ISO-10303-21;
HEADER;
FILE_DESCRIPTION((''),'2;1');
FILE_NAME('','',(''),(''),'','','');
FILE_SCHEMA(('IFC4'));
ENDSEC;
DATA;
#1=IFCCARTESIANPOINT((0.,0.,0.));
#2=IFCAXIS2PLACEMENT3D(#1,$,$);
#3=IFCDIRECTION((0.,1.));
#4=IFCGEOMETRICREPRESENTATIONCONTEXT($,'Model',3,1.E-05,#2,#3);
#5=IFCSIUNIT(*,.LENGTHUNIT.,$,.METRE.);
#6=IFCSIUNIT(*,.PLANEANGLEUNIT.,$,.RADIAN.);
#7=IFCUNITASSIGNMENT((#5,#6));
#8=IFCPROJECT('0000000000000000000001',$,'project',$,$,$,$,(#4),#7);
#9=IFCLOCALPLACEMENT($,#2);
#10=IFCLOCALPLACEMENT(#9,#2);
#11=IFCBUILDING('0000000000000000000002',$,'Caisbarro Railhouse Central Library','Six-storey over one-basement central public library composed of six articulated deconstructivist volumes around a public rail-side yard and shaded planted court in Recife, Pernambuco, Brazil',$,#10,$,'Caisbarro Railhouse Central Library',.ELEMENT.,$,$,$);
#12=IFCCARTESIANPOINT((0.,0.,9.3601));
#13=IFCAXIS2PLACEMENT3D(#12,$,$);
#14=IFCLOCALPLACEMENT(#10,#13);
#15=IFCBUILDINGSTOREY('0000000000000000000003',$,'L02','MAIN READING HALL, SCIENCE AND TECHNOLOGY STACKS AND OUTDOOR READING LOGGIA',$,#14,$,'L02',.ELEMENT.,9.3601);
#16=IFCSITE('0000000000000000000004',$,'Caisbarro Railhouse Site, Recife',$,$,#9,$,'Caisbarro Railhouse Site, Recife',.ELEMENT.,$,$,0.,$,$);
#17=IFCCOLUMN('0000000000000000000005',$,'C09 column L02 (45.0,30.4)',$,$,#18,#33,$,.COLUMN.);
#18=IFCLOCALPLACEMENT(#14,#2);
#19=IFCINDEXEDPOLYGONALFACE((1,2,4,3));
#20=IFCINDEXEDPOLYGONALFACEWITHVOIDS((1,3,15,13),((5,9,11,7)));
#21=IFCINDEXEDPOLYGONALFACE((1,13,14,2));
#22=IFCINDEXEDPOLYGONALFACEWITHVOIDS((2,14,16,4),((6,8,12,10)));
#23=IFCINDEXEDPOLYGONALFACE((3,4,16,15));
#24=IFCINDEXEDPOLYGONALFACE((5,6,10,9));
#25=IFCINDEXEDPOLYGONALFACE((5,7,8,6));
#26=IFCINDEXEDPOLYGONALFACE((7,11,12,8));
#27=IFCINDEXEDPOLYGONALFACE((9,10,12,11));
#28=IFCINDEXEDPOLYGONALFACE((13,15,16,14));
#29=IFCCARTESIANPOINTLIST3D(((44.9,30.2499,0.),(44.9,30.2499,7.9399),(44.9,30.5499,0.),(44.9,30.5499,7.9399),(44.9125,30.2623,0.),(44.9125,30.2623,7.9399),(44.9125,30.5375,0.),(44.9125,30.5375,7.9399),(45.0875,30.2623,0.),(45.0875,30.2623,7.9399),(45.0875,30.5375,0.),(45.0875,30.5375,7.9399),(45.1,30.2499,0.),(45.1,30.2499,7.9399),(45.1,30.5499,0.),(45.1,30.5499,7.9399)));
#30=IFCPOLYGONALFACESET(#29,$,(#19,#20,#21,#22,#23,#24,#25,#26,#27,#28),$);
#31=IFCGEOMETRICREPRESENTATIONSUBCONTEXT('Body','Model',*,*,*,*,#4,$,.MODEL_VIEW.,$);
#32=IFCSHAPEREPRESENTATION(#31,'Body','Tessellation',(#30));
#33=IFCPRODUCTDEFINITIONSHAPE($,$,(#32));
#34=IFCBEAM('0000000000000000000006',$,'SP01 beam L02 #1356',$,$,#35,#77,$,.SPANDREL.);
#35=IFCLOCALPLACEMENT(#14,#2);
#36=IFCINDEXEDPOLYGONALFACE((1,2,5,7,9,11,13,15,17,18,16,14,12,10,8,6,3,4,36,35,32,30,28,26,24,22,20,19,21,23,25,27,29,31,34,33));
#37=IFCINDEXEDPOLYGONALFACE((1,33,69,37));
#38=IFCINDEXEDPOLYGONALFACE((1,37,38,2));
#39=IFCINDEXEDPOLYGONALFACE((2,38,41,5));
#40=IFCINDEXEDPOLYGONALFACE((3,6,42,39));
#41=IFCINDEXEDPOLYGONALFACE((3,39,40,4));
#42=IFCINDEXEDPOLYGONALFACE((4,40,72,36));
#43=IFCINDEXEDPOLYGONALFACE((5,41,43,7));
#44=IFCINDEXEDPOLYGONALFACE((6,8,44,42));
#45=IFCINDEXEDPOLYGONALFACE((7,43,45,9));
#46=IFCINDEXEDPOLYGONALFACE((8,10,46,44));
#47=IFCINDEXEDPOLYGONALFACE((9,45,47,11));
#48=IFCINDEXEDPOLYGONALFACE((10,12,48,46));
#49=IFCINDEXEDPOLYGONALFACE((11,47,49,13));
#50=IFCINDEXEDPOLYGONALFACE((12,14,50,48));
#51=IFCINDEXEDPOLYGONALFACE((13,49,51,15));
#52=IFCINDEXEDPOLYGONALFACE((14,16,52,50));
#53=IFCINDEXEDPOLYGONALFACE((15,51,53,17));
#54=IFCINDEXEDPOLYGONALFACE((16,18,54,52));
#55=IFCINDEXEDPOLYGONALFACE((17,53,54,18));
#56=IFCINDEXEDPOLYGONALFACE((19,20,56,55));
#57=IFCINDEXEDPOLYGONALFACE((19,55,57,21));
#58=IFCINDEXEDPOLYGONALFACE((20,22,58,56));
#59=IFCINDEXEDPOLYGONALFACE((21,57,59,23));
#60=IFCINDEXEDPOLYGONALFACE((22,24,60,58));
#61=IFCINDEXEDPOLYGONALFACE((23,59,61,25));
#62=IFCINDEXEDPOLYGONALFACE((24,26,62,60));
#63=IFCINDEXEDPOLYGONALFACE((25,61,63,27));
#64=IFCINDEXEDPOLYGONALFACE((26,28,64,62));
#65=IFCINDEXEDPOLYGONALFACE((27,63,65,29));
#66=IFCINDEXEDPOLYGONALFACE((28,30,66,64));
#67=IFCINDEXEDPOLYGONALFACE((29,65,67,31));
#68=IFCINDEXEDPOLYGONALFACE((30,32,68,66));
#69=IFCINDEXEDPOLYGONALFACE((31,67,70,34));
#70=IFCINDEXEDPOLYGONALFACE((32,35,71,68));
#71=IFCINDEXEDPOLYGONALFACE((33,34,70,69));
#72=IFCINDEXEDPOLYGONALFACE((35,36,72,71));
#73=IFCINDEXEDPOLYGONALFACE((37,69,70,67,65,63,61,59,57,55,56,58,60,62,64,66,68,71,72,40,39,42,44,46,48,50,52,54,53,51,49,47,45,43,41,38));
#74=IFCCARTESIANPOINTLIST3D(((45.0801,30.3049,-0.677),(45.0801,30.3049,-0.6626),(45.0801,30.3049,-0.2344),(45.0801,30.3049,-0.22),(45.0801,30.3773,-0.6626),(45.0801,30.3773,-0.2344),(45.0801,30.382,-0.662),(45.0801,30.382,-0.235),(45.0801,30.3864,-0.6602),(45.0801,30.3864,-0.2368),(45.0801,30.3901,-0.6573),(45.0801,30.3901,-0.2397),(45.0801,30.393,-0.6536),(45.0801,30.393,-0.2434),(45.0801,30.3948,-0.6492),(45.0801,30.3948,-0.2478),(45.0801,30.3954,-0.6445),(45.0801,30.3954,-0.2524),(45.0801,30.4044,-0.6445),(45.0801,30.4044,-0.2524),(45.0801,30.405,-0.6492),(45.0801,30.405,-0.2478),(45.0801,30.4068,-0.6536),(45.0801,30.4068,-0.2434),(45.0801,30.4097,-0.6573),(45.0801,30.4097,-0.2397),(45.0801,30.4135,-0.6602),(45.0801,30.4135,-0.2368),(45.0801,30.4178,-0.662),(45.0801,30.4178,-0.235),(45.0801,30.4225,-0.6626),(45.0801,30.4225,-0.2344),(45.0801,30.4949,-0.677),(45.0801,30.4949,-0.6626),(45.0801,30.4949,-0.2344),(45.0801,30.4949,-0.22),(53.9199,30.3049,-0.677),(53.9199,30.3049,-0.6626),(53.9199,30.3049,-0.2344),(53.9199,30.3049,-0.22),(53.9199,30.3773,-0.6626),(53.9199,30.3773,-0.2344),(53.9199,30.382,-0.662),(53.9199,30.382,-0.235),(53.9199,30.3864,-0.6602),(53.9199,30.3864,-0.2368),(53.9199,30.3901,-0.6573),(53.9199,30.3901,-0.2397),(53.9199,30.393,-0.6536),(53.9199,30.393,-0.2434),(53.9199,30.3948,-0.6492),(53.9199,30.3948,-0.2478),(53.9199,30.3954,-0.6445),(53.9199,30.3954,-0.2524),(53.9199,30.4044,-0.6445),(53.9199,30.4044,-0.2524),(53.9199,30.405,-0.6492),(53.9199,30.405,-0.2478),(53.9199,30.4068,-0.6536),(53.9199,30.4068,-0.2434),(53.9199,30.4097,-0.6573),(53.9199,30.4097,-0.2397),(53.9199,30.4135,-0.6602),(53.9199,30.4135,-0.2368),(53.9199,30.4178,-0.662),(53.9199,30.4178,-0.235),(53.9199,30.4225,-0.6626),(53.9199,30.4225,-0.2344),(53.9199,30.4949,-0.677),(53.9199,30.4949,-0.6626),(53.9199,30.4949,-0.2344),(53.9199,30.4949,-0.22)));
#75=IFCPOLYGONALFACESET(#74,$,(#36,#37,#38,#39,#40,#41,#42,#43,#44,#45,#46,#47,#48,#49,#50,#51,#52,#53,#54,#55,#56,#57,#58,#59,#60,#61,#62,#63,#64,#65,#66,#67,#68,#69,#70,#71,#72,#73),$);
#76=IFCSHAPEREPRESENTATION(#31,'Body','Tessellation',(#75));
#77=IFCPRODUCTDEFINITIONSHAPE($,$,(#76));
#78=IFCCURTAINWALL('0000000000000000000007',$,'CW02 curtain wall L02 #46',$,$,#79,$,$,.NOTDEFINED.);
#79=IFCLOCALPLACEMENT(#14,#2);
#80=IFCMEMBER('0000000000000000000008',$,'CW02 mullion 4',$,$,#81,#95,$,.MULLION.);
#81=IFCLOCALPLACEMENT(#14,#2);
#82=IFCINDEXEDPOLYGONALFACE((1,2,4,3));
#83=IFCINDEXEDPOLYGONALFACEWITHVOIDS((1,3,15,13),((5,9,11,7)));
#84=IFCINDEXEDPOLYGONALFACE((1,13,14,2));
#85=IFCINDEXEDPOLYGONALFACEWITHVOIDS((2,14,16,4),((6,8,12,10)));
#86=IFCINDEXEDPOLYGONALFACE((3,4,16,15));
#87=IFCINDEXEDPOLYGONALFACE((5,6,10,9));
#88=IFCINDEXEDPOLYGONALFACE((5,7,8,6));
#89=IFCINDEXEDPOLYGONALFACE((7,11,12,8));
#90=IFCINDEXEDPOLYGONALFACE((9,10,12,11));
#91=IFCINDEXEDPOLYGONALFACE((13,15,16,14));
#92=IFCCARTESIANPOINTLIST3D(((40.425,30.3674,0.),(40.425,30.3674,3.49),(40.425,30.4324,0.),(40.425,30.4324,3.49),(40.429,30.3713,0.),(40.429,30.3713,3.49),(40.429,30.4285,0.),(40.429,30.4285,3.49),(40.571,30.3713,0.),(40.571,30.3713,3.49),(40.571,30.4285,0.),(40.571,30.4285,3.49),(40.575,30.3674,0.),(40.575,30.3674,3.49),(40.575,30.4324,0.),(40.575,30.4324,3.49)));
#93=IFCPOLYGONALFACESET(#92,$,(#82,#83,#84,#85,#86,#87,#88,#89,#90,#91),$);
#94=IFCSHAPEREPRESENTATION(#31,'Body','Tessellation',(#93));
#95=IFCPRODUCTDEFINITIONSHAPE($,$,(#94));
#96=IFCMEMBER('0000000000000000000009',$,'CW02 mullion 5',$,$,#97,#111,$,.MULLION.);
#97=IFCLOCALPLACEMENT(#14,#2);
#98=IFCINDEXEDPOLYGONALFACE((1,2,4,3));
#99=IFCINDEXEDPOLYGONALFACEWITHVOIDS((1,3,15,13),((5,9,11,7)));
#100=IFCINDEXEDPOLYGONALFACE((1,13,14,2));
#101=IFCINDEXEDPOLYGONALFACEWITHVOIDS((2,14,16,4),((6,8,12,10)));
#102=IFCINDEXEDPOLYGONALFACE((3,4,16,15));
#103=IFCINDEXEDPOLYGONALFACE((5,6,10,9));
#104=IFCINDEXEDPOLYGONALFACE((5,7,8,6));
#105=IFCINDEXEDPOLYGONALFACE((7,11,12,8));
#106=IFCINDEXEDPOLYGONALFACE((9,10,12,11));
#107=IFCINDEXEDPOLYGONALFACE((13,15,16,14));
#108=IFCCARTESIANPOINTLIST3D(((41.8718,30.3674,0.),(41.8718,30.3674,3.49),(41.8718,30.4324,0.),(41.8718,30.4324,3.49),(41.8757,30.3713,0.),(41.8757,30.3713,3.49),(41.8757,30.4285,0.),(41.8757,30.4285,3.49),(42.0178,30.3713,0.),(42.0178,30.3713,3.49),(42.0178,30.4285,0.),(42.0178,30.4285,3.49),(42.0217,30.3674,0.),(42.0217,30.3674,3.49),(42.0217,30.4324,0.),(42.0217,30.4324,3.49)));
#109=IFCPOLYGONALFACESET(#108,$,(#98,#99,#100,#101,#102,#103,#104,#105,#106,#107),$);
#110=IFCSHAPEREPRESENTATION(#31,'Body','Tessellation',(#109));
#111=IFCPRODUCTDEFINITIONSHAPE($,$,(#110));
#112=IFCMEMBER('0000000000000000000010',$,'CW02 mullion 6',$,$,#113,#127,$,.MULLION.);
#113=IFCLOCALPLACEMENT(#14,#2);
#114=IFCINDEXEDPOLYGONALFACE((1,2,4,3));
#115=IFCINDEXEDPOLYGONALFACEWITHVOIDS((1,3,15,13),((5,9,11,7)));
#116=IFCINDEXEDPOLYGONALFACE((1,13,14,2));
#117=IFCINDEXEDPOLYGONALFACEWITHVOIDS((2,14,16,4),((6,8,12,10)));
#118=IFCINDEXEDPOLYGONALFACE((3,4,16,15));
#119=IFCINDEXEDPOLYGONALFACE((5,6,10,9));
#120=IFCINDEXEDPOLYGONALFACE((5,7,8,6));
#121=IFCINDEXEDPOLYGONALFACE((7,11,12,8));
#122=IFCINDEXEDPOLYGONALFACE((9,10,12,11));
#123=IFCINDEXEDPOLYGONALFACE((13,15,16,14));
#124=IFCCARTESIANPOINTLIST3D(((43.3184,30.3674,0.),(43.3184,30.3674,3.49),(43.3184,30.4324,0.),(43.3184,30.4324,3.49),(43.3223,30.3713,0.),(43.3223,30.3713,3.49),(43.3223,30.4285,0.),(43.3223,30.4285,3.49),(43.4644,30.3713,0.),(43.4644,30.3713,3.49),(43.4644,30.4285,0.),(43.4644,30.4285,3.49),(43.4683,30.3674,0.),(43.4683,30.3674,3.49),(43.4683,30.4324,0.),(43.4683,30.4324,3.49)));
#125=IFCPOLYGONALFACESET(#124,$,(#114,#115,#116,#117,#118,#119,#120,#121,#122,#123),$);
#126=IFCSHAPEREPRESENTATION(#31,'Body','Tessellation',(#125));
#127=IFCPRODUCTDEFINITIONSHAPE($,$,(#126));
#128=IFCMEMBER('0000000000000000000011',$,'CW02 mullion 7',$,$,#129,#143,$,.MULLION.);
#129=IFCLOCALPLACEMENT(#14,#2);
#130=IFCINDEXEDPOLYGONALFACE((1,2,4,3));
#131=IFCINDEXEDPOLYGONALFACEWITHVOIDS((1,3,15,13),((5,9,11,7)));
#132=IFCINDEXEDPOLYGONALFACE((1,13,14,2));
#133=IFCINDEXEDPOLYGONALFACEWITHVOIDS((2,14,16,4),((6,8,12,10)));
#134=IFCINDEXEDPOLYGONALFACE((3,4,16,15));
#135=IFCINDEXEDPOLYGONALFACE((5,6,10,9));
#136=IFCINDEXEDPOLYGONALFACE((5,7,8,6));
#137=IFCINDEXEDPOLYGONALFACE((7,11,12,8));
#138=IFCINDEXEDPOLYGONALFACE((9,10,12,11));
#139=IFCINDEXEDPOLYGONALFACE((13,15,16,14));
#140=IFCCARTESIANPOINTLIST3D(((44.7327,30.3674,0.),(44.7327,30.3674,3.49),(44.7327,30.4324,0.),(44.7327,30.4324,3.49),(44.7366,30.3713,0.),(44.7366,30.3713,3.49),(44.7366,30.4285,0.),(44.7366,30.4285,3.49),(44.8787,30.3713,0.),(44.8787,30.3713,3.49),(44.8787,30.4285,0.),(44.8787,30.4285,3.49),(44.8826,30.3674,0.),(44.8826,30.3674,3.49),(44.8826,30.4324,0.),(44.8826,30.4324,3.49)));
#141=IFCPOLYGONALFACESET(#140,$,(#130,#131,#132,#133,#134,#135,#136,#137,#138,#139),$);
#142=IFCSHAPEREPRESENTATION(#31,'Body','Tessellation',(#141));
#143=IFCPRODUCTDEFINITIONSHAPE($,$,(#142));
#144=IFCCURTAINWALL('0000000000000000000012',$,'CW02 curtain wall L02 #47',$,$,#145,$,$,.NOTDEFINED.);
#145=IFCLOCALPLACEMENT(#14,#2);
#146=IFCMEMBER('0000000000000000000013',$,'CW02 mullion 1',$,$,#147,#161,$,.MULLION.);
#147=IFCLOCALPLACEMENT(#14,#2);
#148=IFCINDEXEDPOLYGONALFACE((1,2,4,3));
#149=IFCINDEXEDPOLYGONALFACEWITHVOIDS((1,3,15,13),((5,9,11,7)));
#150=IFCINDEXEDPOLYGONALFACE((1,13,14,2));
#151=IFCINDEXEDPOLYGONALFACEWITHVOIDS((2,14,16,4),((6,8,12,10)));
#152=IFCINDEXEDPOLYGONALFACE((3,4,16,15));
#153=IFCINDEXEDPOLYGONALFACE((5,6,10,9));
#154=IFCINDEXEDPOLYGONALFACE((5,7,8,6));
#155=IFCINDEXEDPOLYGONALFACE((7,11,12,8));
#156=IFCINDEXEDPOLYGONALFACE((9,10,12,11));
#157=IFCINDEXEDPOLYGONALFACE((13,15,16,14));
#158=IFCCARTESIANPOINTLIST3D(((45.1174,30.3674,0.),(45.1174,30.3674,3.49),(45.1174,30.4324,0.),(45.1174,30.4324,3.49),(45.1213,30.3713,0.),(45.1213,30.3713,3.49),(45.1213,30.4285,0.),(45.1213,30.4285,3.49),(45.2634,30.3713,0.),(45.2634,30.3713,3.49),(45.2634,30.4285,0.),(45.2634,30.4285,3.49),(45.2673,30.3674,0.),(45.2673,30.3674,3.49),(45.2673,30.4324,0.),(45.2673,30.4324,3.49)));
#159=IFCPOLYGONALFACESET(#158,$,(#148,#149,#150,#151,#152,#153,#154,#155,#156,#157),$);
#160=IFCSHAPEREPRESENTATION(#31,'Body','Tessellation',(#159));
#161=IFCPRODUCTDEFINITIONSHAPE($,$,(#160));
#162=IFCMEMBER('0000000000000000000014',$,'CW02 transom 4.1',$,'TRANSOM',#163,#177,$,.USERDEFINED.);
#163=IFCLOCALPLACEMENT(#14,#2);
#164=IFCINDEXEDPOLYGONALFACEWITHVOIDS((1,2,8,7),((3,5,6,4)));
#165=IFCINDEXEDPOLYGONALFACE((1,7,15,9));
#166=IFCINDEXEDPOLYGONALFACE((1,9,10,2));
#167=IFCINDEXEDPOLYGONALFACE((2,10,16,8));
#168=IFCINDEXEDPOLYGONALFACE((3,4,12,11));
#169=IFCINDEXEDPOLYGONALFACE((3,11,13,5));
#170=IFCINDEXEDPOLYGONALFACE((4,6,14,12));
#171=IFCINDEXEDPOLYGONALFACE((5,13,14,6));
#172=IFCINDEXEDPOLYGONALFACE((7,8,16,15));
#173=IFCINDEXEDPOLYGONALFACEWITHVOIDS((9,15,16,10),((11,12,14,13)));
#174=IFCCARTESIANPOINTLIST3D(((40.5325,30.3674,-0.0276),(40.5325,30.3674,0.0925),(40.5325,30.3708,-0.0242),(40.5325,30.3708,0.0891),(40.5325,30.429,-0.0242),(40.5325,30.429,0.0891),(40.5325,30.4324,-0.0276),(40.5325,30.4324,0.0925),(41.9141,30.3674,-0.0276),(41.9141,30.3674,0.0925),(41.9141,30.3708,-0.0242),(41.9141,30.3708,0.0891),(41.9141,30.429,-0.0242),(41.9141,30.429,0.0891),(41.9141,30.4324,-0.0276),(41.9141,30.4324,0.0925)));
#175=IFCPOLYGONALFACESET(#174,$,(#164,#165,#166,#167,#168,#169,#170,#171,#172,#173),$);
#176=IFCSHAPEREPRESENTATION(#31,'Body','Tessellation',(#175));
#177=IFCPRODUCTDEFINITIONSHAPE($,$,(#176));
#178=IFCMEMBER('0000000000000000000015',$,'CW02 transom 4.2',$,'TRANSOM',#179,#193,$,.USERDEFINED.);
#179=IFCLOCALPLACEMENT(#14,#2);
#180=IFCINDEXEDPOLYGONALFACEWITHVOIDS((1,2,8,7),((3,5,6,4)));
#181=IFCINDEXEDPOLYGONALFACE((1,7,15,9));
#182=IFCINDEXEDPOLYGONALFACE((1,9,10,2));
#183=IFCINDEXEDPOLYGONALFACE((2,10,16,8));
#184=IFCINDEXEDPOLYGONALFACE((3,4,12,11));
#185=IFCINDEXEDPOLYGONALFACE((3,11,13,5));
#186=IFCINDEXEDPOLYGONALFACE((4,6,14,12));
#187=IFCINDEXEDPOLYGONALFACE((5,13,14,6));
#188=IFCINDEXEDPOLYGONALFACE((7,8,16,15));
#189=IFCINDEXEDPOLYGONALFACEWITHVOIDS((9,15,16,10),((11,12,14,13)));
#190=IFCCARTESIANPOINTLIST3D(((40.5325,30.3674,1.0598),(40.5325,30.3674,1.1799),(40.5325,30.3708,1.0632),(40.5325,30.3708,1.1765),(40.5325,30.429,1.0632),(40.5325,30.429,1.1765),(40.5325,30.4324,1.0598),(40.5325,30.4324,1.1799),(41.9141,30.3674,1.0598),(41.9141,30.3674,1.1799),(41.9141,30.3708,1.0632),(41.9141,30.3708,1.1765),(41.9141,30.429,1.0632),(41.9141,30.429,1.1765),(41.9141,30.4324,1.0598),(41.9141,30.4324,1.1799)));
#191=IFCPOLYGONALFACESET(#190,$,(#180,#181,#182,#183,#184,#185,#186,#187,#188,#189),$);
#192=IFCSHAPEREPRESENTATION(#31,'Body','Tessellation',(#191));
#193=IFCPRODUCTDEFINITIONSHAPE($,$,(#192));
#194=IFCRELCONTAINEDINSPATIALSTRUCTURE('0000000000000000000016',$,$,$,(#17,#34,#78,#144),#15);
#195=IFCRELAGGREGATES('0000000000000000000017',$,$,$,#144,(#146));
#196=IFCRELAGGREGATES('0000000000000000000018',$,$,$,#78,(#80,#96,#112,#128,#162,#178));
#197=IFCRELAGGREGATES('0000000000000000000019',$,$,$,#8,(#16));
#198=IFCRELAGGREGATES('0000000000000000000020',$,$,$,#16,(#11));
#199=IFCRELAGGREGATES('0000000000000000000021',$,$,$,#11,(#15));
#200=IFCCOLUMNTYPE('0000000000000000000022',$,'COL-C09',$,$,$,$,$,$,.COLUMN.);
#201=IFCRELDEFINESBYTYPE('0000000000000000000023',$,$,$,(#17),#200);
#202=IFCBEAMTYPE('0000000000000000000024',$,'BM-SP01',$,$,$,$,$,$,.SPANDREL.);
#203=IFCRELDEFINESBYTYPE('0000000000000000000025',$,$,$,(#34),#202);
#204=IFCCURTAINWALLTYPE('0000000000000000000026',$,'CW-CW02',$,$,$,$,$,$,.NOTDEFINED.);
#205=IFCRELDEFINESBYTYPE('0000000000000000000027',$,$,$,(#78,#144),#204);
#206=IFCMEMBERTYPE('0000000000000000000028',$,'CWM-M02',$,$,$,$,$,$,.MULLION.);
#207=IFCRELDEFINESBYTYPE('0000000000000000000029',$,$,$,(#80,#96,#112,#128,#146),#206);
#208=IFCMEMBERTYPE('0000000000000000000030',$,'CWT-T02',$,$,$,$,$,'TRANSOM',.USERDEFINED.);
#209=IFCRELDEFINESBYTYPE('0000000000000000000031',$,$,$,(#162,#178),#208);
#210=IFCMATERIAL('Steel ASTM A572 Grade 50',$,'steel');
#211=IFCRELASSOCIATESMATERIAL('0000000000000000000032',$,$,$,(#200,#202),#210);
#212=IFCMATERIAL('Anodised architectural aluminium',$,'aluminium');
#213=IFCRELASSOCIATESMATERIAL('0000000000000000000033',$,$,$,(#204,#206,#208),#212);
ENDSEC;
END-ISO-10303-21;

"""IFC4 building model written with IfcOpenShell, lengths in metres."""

from ifc_helpers import new_model, si_unit, direction, frame, origin, origin_2d, place, context, subcontext, project, spatial, hollow_rectangle, i_section, extrude, material, material_profile, profile_set, type_object, element, aggregate, save


model = new_model("IFC4")

# Units and contexts
model_context = context("Model", 3, precision=1e-05, world=origin(), true_north=direction((0.0, 1.0)))
body_context = subcontext(model_context, "Body", "Model", "MODEL_VIEW")
ifc_project = project(units=[si_unit("LENGTHUNIT", "METRE"), si_unit("PLANEANGLEUNIT", "RADIAN")], contexts=[model_context])

# Site, building, storey
site_placement = place(None, origin())
site = spatial("IfcSite", under=ifc_project, at=site_placement, Name="Caisbarro Railhouse Site, Recife", LongName="Caisbarro Railhouse Site, Recife", CompositionType="ELEMENT", RefElevation=0.0)
building_placement = place(site_placement, origin())
building = spatial("IfcBuilding", under=site, at=building_placement, Name="Caisbarro Railhouse Central Library", Description="Six-storey over one-basement central public library composed of six articulated deconstructivist volumes around a public rail-side yard and shaded planted court in Recife, Pernambuco, Brazil", LongName="Caisbarro Railhouse Central Library", CompositionType="ELEMENT")
storey_placement = place(building_placement, frame((0.0, 0.0, 9.3601)))
storey = spatial("IfcBuildingStorey", under=building, at=storey_placement, Name="L02", Description="MAIN READING HALL, SCIENCE AND TECHNOLOGY STACKS AND OUTDOOR READING LOGGIA", LongName="L02", CompositionType="ELEMENT", Elevation=9.3601)

# Column
ifc_material_1 = material(Name="Steel ASTM A572 Grade 50", Category="steel")
ifc_material_profile_1 = material_profile(ifc_material_1, hollow_rectangle(XDim=0.2, YDim=0.3, WallThickness=0.0125, at=origin_2d()), Name="HSS300X200X12.5")
ifc_profile_set_1 = profile_set([ifc_material_profile_1], Name="Steel ASTM A572 Grade 50")
column_type = type_object("IfcColumnType", Name="COL-C09", PredefinedType="COLUMN", material=ifc_profile_set_1)
column_placement = place(storey_placement, frame((45.0, 30.3999, 0.0), z_axis=(0.0, 0.0, 1.0), x_axis=(1.0, 0.0, 0.0)))
element("IfcColumn", 1, at=column_placement, inside=storey, type_object=column_type, Name="C09 column L02 (45.0,30.4)", PredefinedType="COLUMN", context=body_context, shape_type="SweptSolid", body=[
    extrude(hollow_rectangle(XDim=0.2, YDim=0.3, WallThickness=0.0125, at=origin_2d()), origin(), (0.0, 0.0, 1.0), 7.9399),
])

# Beam
ifc_material_profile_2 = material_profile(ifc_material_1, i_section(OverallWidth=0.1899, OverallDepth=0.457, WebThickness=0.009, FlangeThickness=0.0144, FilletRadius=0.0181, at=origin_2d()), Name="W460X74.0")
ifc_profile_set_2 = profile_set([ifc_material_profile_2], Name="Steel ASTM A572 Grade 50")
beam_type = type_object("IfcBeamType", Name="BM-SP01", PredefinedType="SPANDREL", material=ifc_profile_set_2)
beam_placement = place(storey_placement, frame((45.0801, 30.3999, -0.4485), z_axis=(1.0, 0.0, 0.0), x_axis=(0.0, 1.0, 0.0)))
element("IfcBeam", 2, at=beam_placement, inside=storey, type_object=beam_type, Name="SP01 beam L02 #1356", PredefinedType="SPANDREL", context=body_context, shape_type="SweptSolid", body=[
    extrude(i_section(OverallWidth=0.1899, OverallDepth=0.457, WebThickness=0.009, FlangeThickness=0.0144, FilletRadius=0.0181, at=origin_2d()), origin(), (0.0, 0.0, 1.0), 8.8398),
])

# Curtain wall, members
ifc_material_2 = material(Name="Anodised architectural aluminium", Category="aluminium")
curtain_wall_type = type_object("IfcCurtainWallType", Name="CW-CW02", PredefinedType="NOTDEFINED", material=ifc_material_2)
curtain_wall_1_placement = place(storey_placement, origin())
curtain_wall_1 = element("IfcCurtainWall", 3, at=curtain_wall_1_placement, inside=storey, type_object=curtain_wall_type, Name="CW02 curtain wall L02 #46", PredefinedType="NOTDEFINED")
ifc_material_profile_3 = material_profile(ifc_material_2, hollow_rectangle(XDim=0.0649, YDim=0.1499, WallThickness=0.0039, at=origin_2d()), Name="ALU-MUL-65X150")
ifc_profile_set_3 = profile_set([ifc_material_profile_3], Name="Anodised architectural aluminium")
member_type_1 = type_object("IfcMemberType", Name="CWM-M02", PredefinedType="MULLION", material=ifc_profile_set_3)
member_1_placement = place(storey_placement, frame((40.5, 30.3999, 0.0), z_axis=(0.0, 0.0, 1.0), x_axis=(0.0, 1.0, 0.0)))
member_1 = element("IfcMember", 4, at=member_1_placement, type_object=member_type_1, Name="CW02 mullion 4", PredefinedType="MULLION", context=body_context, shape_type="SweptSolid", body=[
    extrude(hollow_rectangle(XDim=0.0649, YDim=0.1499, WallThickness=0.0039, at=origin_2d()), origin(), (0.0, 0.0, 1.0), 3.49),
])
member_2_placement = place(storey_placement, frame((41.9468, 30.3999, 0.0), z_axis=(0.0, 0.0, 1.0), x_axis=(0.0, 1.0, 0.0)))
member_2 = element("IfcMember", 5, at=member_2_placement, type_object=member_type_1, Name="CW02 mullion 5", PredefinedType="MULLION", context=body_context, shape_type="SweptSolid", body=[
    extrude(hollow_rectangle(XDim=0.0649, YDim=0.1499, WallThickness=0.0039, at=origin_2d()), origin(), (0.0, 0.0, 1.0), 3.49),
])
member_3_placement = place(storey_placement, frame((43.3933, 30.3999, 0.0), z_axis=(0.0, 0.0, 1.0), x_axis=(0.0, 1.0, 0.0)))
member_3 = element("IfcMember", 6, at=member_3_placement, type_object=member_type_1, Name="CW02 mullion 6", PredefinedType="MULLION", context=body_context, shape_type="SweptSolid", body=[
    extrude(hollow_rectangle(XDim=0.0649, YDim=0.1499, WallThickness=0.0039, at=origin_2d()), origin(), (0.0, 0.0, 1.0), 3.49),
])
member_4_placement = place(storey_placement, frame((44.8076, 30.3999, 0.0), z_axis=(0.0, 0.0, 1.0), x_axis=(0.0, 1.0, 0.0)))
member_4 = element("IfcMember", 7, at=member_4_placement, type_object=member_type_1, Name="CW02 mullion 7", PredefinedType="MULLION", context=body_context, shape_type="SweptSolid", body=[
    extrude(hollow_rectangle(XDim=0.0649, YDim=0.1499, WallThickness=0.0039, at=origin_2d()), origin(), (0.0, 0.0, 1.0), 3.49),
])

# Curtain wall, member
curtain_wall_2_placement = place(storey_placement, origin())
curtain_wall_2 = element("IfcCurtainWall", 8, at=curtain_wall_2_placement, inside=storey, type_object=curtain_wall_type, Name="CW02 curtain wall L02 #47", PredefinedType="NOTDEFINED")
member_5_placement = place(storey_placement, frame((45.1924, 30.3999, 0.0), z_axis=(0.0, 0.0, 1.0), x_axis=(0.0, 1.0, 0.0)))
member_5 = element("IfcMember", 9, at=member_5_placement, type_object=member_type_1, Name="CW02 mullion 1", PredefinedType="MULLION", context=body_context, shape_type="SweptSolid", body=[
    extrude(hollow_rectangle(XDim=0.0649, YDim=0.1499, WallThickness=0.0039, at=origin_2d()), origin(), (0.0, 0.0, 1.0), 3.49),
])

# Members
ifc_material_profile_4 = material_profile(ifc_material_2, hollow_rectangle(XDim=0.0649, YDim=0.1201, WallThickness=0.0034, at=origin_2d()), Name="ALU-TRN-65X120")
ifc_profile_set_4 = profile_set([ifc_material_profile_4], Name="Anodised architectural aluminium")
member_type_2 = type_object("IfcMemberType", Name="CWT-T02", ElementType="TRANSOM", PredefinedType="USERDEFINED", material=ifc_profile_set_4)
member_6_placement = place(storey_placement, frame((40.5325, 30.3999, 0.0325), z_axis=(1.0, 0.0, 0.0), x_axis=(0.0, 1.0, 0.0)))
member_6 = element("IfcMember", 10, at=member_6_placement, type_object=member_type_2, Name="CW02 transom 4.1", ObjectType="TRANSOM", PredefinedType="USERDEFINED", context=body_context, shape_type="SweptSolid", body=[
    extrude(hollow_rectangle(XDim=0.0649, YDim=0.1201, WallThickness=0.0034, at=origin_2d()), origin(), (0.0, 0.0, 1.0), 1.3816),
])
member_7_placement = place(storey_placement, frame((40.5325, 30.3999, 1.1199), z_axis=(1.0, 0.0, 0.0), x_axis=(0.0, 1.0, 0.0)))
member_7 = element("IfcMember", 11, at=member_7_placement, type_object=member_type_2, Name="CW02 transom 4.2", ObjectType="TRANSOM", PredefinedType="USERDEFINED", context=body_context, shape_type="SweptSolid", body=[
    extrude(hollow_rectangle(XDim=0.0649, YDim=0.1201, WallThickness=0.0034, at=origin_2d()), origin(), (0.0, 0.0, 1.0), 1.3816),
])
aggregate(curtain_wall_2, [member_5])

aggregate(curtain_wall_1, [member_1, member_2, member_3, member_4, member_6, member_7])

save(model, "model.ifc")
